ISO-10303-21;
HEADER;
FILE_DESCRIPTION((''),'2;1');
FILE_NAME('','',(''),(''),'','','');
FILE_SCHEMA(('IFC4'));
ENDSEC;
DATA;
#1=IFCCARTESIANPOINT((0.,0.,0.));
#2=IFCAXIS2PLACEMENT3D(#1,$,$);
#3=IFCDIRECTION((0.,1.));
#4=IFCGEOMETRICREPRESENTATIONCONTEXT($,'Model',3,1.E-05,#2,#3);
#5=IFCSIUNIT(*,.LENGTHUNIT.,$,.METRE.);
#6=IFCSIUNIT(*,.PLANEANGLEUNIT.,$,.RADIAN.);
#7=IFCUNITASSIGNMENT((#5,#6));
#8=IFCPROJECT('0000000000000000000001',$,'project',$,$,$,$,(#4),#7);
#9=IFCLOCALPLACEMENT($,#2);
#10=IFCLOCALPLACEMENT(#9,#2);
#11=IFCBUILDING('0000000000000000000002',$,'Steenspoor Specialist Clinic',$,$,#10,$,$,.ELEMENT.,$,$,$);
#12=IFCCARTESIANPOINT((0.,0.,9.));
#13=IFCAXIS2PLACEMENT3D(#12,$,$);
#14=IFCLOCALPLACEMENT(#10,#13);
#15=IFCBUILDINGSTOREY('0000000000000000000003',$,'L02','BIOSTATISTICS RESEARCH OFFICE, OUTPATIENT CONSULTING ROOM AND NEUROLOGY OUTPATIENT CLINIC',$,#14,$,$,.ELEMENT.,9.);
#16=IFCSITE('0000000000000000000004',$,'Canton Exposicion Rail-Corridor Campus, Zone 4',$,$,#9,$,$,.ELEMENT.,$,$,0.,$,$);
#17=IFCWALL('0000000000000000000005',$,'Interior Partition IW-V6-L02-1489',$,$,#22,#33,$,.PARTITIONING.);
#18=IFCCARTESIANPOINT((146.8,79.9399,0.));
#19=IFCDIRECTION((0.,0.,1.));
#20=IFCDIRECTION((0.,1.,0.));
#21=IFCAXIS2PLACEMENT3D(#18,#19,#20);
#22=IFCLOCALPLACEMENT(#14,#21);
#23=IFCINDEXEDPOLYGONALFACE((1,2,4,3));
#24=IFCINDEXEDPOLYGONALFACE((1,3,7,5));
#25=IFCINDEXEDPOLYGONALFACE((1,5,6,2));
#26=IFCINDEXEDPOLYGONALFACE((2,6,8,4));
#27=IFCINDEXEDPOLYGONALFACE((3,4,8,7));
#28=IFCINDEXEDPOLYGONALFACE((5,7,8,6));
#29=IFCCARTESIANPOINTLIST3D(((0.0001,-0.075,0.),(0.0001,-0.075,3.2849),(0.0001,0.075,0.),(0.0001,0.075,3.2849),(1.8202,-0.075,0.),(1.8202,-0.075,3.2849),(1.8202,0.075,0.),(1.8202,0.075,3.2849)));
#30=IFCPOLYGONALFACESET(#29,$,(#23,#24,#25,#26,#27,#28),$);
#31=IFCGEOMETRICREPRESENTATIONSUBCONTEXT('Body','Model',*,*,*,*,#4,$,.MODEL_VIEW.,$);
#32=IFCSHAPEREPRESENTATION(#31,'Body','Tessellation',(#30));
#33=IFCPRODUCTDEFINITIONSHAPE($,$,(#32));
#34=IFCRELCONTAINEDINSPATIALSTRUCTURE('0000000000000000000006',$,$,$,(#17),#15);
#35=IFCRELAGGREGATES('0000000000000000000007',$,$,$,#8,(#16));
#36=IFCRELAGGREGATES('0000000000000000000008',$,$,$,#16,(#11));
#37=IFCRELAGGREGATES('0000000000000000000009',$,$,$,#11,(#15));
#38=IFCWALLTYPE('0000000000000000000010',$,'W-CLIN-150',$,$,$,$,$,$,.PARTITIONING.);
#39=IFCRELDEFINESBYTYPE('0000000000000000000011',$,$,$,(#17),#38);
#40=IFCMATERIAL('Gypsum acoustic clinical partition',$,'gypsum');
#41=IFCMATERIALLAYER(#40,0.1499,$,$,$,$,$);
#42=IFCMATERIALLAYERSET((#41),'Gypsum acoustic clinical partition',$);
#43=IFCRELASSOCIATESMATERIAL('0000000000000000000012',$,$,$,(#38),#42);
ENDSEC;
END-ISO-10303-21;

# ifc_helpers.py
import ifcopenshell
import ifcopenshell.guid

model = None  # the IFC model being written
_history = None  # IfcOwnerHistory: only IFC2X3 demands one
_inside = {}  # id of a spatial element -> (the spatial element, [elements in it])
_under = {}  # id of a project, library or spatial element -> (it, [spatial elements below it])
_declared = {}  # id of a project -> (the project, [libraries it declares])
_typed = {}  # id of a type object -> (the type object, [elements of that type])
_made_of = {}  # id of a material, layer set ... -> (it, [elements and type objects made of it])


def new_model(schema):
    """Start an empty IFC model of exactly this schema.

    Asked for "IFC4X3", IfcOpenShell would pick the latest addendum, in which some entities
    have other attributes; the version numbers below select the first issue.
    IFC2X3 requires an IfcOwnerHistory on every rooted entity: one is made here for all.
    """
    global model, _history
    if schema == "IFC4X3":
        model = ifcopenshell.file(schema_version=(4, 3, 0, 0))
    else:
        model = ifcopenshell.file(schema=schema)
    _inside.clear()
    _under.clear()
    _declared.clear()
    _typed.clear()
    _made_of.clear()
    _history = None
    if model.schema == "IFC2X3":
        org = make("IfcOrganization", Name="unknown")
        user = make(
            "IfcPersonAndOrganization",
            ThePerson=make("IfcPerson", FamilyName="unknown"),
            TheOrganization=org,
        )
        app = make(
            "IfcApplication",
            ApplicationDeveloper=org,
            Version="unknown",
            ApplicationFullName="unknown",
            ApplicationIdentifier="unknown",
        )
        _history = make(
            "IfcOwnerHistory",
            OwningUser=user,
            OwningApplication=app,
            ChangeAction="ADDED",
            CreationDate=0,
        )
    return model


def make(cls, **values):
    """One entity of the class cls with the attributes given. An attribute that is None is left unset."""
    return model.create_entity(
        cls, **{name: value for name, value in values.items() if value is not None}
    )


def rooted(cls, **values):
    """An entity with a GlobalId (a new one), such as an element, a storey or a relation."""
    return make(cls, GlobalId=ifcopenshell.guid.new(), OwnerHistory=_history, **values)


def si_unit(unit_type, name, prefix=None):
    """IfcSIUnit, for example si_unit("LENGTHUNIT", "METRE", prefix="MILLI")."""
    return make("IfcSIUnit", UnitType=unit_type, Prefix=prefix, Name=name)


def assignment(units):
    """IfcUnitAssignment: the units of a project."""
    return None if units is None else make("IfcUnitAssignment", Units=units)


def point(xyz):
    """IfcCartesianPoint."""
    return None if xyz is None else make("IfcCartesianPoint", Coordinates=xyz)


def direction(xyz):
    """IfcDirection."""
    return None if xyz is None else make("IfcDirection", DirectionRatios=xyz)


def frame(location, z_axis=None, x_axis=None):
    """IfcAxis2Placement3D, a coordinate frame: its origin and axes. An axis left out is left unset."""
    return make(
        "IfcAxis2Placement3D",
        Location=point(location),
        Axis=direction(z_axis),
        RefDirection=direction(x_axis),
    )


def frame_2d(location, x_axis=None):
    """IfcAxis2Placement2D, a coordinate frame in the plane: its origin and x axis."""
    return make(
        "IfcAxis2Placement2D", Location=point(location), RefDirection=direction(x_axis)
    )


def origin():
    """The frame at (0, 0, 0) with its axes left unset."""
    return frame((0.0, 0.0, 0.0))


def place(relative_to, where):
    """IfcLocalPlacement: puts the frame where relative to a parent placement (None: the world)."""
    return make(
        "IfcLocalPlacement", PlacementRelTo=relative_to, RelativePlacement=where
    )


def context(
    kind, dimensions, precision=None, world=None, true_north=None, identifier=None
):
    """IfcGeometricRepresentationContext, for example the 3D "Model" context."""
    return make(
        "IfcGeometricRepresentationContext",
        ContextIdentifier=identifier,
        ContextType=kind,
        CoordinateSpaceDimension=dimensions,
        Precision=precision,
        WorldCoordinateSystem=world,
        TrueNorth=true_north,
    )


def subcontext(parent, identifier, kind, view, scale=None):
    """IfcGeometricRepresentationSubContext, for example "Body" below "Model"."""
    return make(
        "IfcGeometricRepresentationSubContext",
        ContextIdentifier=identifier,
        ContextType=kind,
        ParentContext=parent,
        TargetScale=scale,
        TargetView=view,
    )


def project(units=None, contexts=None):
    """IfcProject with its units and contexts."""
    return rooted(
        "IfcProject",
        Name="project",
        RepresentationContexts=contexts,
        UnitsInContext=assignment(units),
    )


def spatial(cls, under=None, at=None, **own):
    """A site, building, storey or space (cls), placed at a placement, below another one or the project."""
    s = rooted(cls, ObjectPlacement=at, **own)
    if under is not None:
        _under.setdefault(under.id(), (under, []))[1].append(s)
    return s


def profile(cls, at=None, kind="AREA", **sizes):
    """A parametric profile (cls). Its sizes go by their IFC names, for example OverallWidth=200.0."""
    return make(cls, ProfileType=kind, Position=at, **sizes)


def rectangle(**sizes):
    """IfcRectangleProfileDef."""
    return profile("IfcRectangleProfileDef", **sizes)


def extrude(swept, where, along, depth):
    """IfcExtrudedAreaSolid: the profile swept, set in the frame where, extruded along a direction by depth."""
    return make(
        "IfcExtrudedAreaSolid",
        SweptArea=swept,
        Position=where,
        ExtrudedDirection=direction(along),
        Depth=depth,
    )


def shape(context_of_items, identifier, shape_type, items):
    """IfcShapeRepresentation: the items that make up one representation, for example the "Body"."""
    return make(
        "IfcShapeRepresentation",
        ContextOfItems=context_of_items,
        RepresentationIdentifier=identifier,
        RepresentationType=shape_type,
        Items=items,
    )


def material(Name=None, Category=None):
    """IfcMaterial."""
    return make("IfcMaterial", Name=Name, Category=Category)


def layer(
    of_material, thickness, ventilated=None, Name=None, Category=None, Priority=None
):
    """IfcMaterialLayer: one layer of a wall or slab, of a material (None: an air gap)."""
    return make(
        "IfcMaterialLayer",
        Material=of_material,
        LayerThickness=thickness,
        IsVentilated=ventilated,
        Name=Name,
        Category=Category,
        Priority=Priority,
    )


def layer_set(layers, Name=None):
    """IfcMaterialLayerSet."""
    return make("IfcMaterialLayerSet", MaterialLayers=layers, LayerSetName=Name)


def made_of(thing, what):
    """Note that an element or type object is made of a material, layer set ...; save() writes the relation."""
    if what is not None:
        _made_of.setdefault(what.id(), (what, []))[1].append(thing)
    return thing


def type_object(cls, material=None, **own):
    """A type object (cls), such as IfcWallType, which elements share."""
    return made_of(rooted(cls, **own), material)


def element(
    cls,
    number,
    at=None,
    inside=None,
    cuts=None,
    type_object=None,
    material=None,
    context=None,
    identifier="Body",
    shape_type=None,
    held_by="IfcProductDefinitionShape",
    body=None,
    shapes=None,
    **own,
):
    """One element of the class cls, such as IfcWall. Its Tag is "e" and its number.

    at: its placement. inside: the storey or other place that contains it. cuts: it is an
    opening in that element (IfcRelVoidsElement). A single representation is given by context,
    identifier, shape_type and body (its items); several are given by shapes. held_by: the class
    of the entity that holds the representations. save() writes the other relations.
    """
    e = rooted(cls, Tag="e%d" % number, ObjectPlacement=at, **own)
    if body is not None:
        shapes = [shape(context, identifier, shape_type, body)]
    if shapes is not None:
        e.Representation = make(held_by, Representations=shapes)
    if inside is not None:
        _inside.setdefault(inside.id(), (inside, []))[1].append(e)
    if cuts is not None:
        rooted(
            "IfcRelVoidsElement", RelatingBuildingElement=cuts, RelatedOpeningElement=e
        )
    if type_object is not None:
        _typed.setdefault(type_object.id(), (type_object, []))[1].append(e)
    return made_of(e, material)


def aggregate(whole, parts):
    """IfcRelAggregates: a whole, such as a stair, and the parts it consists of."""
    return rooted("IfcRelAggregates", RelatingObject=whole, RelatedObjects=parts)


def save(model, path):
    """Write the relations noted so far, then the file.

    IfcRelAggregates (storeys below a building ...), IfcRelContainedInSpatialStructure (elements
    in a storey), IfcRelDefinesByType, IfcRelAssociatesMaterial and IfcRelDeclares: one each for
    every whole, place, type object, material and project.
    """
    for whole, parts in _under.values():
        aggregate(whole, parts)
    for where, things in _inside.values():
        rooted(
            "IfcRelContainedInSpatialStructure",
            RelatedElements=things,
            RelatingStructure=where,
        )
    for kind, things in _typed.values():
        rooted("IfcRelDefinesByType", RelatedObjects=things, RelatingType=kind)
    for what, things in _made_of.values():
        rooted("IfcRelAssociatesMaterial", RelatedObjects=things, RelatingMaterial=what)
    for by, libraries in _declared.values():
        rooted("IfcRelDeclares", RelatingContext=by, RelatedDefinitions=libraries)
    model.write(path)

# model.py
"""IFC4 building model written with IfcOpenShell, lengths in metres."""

from ifc_helpers import new_model, si_unit, direction, frame, frame_2d, origin, place, context, subcontext, project, spatial, rectangle, extrude, material, layer, layer_set, type_object, element, save


model = new_model("IFC4")

# Units and contexts
model_context = context("Model", 3, precision=1e-05, world=origin(), true_north=direction((0.0, 1.0)))
body_context = subcontext(model_context, "Body", "Model", "MODEL_VIEW")
ifc_project = project(units=[si_unit("LENGTHUNIT", "METRE"), si_unit("PLANEANGLEUNIT", "RADIAN")], contexts=[model_context])

# Site, building, storey
site_placement = place(None, origin())
site = spatial("IfcSite", under=ifc_project, at=site_placement, Name="Canton Exposicion Rail-Corridor Campus, Zone 4", CompositionType="ELEMENT", RefElevation=0.0)
building_placement = place(site_placement, origin())
building = spatial("IfcBuilding", under=site, at=building_placement, Name="Steenspoor Specialist Clinic", CompositionType="ELEMENT")
storey_placement = place(building_placement, frame((0.0, 0.0, 9.0)))
storey = spatial("IfcBuildingStorey", under=building, at=storey_placement, Name="L02", Description="BIOSTATISTICS RESEARCH OFFICE, OUTPATIENT CONSULTING ROOM AND NEUROLOGY OUTPATIENT CLINIC", CompositionType="ELEMENT", Elevation=9.0)

# Shared definitions
ifc_material_1 = material(Name="Gypsum acoustic clinical partition", Category="gypsum")
ifc_layer_1 = layer(ifc_material_1, 0.1499)
ifc_layer_set_1 = layer_set([ifc_layer_1], Name="Gypsum acoustic clinical partition")
wall_type_1 = type_object("IfcWallType", Name="W-CLIN-150", PredefinedType="PARTITIONING", material=ifc_layer_set_1)

# Wall
wall_1_placement = place(storey_placement, frame((146.8, 79.9399, 0.0), z_axis=(0.0, 0.0, 1.0), x_axis=(0.0, 1.0, 0.0)))
element("IfcWall", 1, at=wall_1_placement, inside=storey, type_object=wall_type_1, Name="Interior Partition IW-V6-L02-1489", PredefinedType="PARTITIONING", context=body_context, shape_type="SweptSolid", body=[
    extrude(rectangle(XDim=1.8201, YDim=0.1499, at=frame_2d((0.9102, 0.0))), origin(), (0.0, 0.0, 1.0), 3.2849),
])

save(model, "model.ifc")
